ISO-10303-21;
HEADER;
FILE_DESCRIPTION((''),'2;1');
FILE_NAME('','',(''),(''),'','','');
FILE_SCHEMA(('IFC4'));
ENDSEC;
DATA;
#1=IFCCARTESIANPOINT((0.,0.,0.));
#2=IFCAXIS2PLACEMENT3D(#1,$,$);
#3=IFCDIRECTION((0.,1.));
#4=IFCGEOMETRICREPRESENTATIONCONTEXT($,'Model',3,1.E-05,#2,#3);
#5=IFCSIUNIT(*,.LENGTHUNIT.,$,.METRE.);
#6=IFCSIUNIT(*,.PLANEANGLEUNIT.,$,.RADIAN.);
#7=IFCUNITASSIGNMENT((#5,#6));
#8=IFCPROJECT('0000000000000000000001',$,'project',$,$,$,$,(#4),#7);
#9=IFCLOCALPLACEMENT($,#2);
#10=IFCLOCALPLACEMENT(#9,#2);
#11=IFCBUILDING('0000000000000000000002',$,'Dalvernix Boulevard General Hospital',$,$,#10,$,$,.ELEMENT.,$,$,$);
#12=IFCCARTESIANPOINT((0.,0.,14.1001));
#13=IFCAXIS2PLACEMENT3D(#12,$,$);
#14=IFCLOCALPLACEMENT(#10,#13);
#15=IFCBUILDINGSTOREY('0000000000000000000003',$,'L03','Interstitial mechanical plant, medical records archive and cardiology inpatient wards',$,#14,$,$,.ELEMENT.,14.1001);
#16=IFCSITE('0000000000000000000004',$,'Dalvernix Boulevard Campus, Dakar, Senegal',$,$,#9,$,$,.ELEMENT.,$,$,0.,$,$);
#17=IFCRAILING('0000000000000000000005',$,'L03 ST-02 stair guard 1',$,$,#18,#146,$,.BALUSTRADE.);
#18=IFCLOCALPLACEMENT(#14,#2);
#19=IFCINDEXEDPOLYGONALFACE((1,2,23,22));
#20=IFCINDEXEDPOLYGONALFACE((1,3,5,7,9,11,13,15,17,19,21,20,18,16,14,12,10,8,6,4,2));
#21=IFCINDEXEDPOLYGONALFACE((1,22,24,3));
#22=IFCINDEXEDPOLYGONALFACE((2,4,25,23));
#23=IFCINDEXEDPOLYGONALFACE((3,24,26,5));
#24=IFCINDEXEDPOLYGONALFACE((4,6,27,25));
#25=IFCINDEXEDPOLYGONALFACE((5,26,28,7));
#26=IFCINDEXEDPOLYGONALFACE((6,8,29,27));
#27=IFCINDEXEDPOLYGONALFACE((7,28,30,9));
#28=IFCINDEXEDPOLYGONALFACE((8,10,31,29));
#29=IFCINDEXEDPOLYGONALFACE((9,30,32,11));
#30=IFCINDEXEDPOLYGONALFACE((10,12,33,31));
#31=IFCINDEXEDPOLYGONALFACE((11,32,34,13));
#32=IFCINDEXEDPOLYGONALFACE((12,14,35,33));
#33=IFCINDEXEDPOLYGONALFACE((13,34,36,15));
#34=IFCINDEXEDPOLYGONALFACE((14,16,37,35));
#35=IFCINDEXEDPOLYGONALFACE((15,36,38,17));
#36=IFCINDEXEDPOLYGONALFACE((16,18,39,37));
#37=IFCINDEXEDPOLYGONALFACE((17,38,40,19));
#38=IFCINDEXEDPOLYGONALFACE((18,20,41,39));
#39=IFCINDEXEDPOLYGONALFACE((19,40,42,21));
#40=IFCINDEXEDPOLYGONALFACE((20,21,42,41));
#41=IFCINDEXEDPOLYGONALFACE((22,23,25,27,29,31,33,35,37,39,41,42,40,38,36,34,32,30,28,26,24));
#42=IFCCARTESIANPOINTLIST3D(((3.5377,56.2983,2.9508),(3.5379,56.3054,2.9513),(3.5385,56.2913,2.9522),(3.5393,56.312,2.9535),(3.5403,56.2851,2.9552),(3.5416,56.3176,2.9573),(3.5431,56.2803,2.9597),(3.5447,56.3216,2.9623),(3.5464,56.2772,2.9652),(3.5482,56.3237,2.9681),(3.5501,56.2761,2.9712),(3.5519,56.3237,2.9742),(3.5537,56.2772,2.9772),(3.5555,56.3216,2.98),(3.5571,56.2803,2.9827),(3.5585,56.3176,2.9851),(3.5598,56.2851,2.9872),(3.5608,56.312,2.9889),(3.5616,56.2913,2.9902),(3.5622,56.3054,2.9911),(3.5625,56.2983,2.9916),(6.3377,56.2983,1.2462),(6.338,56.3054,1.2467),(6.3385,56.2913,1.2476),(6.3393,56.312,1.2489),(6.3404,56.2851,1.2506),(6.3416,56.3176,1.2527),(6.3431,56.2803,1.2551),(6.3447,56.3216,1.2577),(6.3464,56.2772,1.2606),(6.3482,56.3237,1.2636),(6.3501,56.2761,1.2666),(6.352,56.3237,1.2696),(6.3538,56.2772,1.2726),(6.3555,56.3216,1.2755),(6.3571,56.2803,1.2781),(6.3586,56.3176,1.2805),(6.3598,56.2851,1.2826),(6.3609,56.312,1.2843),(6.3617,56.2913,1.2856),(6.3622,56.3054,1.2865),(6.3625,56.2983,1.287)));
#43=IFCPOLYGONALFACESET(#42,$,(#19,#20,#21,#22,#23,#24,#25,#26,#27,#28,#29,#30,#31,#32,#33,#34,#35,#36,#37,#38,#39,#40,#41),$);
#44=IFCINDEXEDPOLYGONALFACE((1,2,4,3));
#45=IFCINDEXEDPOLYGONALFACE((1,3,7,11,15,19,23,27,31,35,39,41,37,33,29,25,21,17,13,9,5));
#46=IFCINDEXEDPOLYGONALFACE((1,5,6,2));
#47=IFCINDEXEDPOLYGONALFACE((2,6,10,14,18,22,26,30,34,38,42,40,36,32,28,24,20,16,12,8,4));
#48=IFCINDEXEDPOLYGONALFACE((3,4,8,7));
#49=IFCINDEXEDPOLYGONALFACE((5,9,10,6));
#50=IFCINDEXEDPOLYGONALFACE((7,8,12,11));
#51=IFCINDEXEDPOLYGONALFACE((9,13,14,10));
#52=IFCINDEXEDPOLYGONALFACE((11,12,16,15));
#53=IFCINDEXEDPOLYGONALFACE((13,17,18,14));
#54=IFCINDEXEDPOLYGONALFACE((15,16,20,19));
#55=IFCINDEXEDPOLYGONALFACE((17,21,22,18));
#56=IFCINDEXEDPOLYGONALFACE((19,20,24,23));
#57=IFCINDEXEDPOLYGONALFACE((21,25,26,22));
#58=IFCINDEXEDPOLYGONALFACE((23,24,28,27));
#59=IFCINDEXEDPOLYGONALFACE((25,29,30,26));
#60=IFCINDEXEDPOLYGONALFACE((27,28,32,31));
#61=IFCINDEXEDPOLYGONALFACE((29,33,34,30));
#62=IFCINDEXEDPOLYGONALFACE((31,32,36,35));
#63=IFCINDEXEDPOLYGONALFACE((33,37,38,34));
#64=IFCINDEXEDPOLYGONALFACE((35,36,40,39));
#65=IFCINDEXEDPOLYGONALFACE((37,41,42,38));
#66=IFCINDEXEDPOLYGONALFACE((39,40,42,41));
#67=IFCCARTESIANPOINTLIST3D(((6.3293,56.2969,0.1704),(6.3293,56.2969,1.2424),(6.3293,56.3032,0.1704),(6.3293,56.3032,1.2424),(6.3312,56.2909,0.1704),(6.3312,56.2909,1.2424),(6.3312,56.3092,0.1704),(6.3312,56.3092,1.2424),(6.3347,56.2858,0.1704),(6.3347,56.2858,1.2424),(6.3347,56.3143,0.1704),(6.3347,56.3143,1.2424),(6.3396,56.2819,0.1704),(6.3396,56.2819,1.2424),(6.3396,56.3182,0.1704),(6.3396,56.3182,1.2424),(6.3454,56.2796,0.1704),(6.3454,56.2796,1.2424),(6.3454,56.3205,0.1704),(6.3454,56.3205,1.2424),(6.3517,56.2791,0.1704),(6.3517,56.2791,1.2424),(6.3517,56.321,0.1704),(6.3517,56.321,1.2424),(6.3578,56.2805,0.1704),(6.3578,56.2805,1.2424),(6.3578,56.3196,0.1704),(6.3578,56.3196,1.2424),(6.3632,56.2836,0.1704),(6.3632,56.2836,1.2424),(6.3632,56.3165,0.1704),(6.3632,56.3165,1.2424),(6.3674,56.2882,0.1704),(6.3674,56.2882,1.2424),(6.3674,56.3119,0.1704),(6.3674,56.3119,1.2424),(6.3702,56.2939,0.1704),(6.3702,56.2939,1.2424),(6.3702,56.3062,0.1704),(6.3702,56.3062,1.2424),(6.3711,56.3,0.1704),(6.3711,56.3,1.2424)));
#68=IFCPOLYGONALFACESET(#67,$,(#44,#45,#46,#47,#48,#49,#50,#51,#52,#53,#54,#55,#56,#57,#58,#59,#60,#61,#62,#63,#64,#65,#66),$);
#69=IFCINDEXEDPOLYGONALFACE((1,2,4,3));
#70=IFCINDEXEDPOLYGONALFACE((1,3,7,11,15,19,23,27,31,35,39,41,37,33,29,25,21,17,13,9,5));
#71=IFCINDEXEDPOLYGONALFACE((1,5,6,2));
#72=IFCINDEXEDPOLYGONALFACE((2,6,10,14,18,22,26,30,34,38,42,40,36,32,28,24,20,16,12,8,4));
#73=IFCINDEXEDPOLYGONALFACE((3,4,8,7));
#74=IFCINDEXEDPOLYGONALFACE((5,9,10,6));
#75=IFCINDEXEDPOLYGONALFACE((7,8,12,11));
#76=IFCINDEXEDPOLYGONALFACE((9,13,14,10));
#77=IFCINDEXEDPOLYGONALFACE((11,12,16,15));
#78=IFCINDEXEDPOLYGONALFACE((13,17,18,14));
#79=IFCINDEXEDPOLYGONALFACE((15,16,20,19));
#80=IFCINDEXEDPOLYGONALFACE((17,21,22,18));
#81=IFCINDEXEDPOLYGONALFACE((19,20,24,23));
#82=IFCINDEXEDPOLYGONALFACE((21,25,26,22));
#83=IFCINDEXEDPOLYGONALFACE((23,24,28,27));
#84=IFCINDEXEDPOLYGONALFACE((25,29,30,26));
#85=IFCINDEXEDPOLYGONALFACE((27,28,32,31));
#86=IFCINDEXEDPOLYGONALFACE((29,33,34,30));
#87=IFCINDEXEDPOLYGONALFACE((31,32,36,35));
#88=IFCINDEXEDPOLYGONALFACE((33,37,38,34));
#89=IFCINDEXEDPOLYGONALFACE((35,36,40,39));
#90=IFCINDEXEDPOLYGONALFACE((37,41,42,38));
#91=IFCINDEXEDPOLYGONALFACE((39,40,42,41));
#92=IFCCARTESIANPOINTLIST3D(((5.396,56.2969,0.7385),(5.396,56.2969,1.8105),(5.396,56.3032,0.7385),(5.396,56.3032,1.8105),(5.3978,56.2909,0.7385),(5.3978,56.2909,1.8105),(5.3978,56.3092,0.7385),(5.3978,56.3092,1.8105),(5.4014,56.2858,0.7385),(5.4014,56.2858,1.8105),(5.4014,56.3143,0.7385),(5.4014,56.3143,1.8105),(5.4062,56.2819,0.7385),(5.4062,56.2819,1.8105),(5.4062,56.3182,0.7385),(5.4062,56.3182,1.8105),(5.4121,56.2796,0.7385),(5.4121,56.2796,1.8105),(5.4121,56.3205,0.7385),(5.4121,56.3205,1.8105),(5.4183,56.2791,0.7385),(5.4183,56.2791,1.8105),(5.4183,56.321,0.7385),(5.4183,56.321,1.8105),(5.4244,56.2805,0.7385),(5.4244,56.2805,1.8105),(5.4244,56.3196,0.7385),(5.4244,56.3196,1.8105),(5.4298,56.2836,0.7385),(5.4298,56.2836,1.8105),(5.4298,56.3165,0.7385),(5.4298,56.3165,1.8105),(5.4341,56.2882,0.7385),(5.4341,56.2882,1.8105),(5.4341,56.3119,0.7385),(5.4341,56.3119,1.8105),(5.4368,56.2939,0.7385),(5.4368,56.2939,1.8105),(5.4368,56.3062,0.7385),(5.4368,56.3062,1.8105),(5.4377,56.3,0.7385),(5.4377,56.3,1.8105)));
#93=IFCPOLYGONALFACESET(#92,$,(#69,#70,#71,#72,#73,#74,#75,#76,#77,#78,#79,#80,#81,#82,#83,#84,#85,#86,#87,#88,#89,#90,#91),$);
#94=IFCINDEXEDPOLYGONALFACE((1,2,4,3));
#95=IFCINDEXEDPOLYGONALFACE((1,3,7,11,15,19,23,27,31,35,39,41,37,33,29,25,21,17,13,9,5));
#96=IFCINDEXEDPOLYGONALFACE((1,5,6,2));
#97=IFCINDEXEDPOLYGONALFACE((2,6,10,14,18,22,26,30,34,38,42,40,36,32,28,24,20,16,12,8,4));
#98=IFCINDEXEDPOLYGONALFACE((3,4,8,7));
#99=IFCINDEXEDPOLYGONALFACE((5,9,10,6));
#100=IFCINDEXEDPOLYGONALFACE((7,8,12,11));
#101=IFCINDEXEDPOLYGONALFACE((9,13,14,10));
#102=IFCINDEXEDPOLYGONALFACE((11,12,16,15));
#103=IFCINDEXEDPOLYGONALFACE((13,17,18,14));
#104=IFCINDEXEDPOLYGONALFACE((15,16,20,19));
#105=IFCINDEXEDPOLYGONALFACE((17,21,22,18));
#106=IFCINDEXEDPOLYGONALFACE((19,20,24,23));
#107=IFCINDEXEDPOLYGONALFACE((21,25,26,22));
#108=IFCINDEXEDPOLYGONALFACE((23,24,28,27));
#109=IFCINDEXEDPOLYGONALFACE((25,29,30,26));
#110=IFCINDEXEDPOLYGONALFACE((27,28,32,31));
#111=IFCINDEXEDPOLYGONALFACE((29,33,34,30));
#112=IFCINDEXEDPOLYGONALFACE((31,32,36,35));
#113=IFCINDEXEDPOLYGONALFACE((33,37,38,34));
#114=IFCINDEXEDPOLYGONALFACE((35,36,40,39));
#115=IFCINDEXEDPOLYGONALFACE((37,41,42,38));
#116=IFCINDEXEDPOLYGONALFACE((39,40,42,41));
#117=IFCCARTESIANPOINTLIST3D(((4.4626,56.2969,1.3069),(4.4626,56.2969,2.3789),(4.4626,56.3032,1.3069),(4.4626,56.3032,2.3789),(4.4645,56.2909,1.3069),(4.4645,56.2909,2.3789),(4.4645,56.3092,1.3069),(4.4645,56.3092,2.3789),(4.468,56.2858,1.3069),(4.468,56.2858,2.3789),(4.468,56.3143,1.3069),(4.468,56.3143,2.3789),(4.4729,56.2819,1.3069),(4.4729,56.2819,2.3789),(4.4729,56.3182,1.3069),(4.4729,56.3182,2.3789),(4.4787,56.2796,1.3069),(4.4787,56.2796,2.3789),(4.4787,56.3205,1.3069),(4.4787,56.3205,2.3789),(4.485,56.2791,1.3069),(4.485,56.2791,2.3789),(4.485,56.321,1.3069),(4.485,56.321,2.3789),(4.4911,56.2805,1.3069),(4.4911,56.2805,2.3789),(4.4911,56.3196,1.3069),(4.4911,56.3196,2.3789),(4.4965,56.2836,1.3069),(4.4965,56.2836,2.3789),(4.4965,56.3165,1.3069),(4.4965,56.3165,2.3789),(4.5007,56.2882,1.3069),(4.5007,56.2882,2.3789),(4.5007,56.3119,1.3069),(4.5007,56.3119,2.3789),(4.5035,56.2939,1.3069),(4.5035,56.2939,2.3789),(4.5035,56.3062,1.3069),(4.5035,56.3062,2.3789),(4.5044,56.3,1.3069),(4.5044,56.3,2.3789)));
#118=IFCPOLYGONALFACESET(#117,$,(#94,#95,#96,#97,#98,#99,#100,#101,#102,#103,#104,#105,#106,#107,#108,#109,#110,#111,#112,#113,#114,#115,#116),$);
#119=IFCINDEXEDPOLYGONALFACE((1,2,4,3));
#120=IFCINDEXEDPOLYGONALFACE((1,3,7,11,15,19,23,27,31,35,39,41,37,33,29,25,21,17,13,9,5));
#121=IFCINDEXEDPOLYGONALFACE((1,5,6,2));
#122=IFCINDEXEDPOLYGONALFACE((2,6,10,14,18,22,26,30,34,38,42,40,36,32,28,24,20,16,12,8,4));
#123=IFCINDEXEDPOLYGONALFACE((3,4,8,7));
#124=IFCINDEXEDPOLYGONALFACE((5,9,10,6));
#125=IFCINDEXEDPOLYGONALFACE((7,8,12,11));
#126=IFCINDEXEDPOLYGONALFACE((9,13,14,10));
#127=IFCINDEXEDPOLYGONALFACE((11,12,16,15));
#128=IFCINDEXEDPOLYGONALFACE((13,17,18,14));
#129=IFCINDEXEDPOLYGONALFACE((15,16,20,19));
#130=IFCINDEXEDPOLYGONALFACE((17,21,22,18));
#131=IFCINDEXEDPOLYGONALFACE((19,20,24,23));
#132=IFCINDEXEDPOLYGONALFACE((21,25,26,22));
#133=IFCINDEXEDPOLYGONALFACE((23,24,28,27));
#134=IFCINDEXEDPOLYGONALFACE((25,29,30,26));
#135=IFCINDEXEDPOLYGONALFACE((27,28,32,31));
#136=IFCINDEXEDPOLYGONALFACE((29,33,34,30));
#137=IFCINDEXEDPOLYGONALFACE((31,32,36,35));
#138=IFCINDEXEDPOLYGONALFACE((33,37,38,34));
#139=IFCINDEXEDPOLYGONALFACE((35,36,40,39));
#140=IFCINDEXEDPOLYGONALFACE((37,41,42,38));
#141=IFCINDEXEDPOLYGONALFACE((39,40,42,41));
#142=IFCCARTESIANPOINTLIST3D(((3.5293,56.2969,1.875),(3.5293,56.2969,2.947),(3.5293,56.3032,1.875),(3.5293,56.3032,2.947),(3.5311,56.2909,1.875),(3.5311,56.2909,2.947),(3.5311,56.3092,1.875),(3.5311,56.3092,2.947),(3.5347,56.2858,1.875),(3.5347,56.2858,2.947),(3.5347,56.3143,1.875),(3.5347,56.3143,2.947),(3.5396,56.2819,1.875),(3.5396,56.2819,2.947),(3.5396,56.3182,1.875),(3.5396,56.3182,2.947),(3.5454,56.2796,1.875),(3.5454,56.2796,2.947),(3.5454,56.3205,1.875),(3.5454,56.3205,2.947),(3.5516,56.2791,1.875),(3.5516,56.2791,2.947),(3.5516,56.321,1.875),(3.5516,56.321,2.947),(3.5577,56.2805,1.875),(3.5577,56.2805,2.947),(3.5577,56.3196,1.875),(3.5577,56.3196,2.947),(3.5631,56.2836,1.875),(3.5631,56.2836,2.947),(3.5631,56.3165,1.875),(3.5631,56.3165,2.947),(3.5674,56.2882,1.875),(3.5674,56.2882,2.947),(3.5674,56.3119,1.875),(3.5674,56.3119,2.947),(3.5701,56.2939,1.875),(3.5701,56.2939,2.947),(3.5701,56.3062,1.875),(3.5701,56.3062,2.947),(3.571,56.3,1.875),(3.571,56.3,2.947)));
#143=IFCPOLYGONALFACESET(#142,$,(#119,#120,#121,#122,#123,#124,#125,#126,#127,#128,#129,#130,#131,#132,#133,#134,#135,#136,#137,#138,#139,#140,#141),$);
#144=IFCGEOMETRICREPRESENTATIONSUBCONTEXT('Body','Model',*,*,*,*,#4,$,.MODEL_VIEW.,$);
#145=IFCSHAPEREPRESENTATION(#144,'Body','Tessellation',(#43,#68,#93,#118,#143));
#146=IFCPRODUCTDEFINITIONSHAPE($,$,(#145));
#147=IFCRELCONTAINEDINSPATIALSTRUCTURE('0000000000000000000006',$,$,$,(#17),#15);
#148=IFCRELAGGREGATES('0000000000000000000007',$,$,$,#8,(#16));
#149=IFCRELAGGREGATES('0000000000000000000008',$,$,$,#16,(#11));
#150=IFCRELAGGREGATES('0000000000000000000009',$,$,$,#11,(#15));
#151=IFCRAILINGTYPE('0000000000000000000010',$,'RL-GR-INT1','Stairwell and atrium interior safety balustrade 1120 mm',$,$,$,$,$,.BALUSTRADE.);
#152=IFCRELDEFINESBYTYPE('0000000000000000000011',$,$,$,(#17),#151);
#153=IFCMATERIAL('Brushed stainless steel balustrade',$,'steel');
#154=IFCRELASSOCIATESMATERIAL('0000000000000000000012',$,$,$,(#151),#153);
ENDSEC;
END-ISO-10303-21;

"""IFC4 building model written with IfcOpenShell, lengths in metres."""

from ifc_helpers import new_model, si_unit, direction, frame, origin, origin_2d, place, context, subcontext, project, spatial, circle, extrude, material, type_object, element, save


model = new_model("IFC4")

# Units and contexts
model_context = context("Model", 3, precision=1e-05, world=origin(), true_north=direction((0.0, 1.0)))
body_context = subcontext(model_context, "Body", "Model", "MODEL_VIEW")
ifc_project = project(units=[si_unit("LENGTHUNIT", "METRE"), si_unit("PLANEANGLEUNIT", "RADIAN")], contexts=[model_context])

# Site, building, storey
site_placement = place(None, origin())
site = spatial("IfcSite", under=ifc_project, at=site_placement, Name="Dalvernix Boulevard Campus, Dakar, Senegal", CompositionType="ELEMENT", RefElevation=0.0)
building_placement = place(site_placement, origin())
building = spatial("IfcBuilding", under=site, at=building_placement, Name="Dalvernix Boulevard General Hospital", CompositionType="ELEMENT")
storey_placement = place(building_placement, frame((0.0, 0.0, 14.1001)))
storey = spatial("IfcBuildingStorey", under=building, at=storey_placement, Name="L03", Description="Interstitial mechanical plant, medical records archive and cardiology inpatient wards", CompositionType="ELEMENT", Elevation=14.1001)

# Railing
ifc_material_1 = material(Name="Brushed stainless steel balustrade", Category="steel")
railing_type_1 = type_object("IfcRailingType", Name="RL-GR-INT1", Description="Stairwell and atrium interior safety balustrade 1120 mm", PredefinedType="BALUSTRADE", material=ifc_material_1)
railing_1_placement = place(storey_placement, frame((6.3501, 56.3, 0.1704)))
element("IfcRailing", 1, at=railing_1_placement, inside=storey, type_object=railing_type_1, Name="L03 ST-02 stair guard 1", PredefinedType="BALUSTRADE", context=body_context, shape_type="SweptSolid", body=[
    extrude(circle(Radius=0.0239, at=origin_2d()), frame((0.0, 0.0, 1.0962), z_axis=(-0.85417, 0.0, 0.519994), x_axis=(0.0, -1.0, 0.0)), (0.0, 0.0, 1.0), 3.2781),
    extrude(circle(Radius=0.021, at=origin_2d()), origin(), (0.0, 0.0, 1.0), 1.072),
    extrude(circle(Radius=0.021, at=origin_2d()), frame((-0.9333, 0.0, 0.5681)), (0.0, 0.0, 1.0), 1.072),
    extrude(circle(Radius=0.021, at=origin_2d()), frame((-1.8667, 0.0, 1.1365)), (0.0, 0.0, 1.0), 1.072),
    extrude(circle(Radius=0.021, at=origin_2d()), frame((-2.8, 0.0, 1.7046)), (0.0, 0.0, 1.0), 1.072),
])

save(model, "model.ifc")
